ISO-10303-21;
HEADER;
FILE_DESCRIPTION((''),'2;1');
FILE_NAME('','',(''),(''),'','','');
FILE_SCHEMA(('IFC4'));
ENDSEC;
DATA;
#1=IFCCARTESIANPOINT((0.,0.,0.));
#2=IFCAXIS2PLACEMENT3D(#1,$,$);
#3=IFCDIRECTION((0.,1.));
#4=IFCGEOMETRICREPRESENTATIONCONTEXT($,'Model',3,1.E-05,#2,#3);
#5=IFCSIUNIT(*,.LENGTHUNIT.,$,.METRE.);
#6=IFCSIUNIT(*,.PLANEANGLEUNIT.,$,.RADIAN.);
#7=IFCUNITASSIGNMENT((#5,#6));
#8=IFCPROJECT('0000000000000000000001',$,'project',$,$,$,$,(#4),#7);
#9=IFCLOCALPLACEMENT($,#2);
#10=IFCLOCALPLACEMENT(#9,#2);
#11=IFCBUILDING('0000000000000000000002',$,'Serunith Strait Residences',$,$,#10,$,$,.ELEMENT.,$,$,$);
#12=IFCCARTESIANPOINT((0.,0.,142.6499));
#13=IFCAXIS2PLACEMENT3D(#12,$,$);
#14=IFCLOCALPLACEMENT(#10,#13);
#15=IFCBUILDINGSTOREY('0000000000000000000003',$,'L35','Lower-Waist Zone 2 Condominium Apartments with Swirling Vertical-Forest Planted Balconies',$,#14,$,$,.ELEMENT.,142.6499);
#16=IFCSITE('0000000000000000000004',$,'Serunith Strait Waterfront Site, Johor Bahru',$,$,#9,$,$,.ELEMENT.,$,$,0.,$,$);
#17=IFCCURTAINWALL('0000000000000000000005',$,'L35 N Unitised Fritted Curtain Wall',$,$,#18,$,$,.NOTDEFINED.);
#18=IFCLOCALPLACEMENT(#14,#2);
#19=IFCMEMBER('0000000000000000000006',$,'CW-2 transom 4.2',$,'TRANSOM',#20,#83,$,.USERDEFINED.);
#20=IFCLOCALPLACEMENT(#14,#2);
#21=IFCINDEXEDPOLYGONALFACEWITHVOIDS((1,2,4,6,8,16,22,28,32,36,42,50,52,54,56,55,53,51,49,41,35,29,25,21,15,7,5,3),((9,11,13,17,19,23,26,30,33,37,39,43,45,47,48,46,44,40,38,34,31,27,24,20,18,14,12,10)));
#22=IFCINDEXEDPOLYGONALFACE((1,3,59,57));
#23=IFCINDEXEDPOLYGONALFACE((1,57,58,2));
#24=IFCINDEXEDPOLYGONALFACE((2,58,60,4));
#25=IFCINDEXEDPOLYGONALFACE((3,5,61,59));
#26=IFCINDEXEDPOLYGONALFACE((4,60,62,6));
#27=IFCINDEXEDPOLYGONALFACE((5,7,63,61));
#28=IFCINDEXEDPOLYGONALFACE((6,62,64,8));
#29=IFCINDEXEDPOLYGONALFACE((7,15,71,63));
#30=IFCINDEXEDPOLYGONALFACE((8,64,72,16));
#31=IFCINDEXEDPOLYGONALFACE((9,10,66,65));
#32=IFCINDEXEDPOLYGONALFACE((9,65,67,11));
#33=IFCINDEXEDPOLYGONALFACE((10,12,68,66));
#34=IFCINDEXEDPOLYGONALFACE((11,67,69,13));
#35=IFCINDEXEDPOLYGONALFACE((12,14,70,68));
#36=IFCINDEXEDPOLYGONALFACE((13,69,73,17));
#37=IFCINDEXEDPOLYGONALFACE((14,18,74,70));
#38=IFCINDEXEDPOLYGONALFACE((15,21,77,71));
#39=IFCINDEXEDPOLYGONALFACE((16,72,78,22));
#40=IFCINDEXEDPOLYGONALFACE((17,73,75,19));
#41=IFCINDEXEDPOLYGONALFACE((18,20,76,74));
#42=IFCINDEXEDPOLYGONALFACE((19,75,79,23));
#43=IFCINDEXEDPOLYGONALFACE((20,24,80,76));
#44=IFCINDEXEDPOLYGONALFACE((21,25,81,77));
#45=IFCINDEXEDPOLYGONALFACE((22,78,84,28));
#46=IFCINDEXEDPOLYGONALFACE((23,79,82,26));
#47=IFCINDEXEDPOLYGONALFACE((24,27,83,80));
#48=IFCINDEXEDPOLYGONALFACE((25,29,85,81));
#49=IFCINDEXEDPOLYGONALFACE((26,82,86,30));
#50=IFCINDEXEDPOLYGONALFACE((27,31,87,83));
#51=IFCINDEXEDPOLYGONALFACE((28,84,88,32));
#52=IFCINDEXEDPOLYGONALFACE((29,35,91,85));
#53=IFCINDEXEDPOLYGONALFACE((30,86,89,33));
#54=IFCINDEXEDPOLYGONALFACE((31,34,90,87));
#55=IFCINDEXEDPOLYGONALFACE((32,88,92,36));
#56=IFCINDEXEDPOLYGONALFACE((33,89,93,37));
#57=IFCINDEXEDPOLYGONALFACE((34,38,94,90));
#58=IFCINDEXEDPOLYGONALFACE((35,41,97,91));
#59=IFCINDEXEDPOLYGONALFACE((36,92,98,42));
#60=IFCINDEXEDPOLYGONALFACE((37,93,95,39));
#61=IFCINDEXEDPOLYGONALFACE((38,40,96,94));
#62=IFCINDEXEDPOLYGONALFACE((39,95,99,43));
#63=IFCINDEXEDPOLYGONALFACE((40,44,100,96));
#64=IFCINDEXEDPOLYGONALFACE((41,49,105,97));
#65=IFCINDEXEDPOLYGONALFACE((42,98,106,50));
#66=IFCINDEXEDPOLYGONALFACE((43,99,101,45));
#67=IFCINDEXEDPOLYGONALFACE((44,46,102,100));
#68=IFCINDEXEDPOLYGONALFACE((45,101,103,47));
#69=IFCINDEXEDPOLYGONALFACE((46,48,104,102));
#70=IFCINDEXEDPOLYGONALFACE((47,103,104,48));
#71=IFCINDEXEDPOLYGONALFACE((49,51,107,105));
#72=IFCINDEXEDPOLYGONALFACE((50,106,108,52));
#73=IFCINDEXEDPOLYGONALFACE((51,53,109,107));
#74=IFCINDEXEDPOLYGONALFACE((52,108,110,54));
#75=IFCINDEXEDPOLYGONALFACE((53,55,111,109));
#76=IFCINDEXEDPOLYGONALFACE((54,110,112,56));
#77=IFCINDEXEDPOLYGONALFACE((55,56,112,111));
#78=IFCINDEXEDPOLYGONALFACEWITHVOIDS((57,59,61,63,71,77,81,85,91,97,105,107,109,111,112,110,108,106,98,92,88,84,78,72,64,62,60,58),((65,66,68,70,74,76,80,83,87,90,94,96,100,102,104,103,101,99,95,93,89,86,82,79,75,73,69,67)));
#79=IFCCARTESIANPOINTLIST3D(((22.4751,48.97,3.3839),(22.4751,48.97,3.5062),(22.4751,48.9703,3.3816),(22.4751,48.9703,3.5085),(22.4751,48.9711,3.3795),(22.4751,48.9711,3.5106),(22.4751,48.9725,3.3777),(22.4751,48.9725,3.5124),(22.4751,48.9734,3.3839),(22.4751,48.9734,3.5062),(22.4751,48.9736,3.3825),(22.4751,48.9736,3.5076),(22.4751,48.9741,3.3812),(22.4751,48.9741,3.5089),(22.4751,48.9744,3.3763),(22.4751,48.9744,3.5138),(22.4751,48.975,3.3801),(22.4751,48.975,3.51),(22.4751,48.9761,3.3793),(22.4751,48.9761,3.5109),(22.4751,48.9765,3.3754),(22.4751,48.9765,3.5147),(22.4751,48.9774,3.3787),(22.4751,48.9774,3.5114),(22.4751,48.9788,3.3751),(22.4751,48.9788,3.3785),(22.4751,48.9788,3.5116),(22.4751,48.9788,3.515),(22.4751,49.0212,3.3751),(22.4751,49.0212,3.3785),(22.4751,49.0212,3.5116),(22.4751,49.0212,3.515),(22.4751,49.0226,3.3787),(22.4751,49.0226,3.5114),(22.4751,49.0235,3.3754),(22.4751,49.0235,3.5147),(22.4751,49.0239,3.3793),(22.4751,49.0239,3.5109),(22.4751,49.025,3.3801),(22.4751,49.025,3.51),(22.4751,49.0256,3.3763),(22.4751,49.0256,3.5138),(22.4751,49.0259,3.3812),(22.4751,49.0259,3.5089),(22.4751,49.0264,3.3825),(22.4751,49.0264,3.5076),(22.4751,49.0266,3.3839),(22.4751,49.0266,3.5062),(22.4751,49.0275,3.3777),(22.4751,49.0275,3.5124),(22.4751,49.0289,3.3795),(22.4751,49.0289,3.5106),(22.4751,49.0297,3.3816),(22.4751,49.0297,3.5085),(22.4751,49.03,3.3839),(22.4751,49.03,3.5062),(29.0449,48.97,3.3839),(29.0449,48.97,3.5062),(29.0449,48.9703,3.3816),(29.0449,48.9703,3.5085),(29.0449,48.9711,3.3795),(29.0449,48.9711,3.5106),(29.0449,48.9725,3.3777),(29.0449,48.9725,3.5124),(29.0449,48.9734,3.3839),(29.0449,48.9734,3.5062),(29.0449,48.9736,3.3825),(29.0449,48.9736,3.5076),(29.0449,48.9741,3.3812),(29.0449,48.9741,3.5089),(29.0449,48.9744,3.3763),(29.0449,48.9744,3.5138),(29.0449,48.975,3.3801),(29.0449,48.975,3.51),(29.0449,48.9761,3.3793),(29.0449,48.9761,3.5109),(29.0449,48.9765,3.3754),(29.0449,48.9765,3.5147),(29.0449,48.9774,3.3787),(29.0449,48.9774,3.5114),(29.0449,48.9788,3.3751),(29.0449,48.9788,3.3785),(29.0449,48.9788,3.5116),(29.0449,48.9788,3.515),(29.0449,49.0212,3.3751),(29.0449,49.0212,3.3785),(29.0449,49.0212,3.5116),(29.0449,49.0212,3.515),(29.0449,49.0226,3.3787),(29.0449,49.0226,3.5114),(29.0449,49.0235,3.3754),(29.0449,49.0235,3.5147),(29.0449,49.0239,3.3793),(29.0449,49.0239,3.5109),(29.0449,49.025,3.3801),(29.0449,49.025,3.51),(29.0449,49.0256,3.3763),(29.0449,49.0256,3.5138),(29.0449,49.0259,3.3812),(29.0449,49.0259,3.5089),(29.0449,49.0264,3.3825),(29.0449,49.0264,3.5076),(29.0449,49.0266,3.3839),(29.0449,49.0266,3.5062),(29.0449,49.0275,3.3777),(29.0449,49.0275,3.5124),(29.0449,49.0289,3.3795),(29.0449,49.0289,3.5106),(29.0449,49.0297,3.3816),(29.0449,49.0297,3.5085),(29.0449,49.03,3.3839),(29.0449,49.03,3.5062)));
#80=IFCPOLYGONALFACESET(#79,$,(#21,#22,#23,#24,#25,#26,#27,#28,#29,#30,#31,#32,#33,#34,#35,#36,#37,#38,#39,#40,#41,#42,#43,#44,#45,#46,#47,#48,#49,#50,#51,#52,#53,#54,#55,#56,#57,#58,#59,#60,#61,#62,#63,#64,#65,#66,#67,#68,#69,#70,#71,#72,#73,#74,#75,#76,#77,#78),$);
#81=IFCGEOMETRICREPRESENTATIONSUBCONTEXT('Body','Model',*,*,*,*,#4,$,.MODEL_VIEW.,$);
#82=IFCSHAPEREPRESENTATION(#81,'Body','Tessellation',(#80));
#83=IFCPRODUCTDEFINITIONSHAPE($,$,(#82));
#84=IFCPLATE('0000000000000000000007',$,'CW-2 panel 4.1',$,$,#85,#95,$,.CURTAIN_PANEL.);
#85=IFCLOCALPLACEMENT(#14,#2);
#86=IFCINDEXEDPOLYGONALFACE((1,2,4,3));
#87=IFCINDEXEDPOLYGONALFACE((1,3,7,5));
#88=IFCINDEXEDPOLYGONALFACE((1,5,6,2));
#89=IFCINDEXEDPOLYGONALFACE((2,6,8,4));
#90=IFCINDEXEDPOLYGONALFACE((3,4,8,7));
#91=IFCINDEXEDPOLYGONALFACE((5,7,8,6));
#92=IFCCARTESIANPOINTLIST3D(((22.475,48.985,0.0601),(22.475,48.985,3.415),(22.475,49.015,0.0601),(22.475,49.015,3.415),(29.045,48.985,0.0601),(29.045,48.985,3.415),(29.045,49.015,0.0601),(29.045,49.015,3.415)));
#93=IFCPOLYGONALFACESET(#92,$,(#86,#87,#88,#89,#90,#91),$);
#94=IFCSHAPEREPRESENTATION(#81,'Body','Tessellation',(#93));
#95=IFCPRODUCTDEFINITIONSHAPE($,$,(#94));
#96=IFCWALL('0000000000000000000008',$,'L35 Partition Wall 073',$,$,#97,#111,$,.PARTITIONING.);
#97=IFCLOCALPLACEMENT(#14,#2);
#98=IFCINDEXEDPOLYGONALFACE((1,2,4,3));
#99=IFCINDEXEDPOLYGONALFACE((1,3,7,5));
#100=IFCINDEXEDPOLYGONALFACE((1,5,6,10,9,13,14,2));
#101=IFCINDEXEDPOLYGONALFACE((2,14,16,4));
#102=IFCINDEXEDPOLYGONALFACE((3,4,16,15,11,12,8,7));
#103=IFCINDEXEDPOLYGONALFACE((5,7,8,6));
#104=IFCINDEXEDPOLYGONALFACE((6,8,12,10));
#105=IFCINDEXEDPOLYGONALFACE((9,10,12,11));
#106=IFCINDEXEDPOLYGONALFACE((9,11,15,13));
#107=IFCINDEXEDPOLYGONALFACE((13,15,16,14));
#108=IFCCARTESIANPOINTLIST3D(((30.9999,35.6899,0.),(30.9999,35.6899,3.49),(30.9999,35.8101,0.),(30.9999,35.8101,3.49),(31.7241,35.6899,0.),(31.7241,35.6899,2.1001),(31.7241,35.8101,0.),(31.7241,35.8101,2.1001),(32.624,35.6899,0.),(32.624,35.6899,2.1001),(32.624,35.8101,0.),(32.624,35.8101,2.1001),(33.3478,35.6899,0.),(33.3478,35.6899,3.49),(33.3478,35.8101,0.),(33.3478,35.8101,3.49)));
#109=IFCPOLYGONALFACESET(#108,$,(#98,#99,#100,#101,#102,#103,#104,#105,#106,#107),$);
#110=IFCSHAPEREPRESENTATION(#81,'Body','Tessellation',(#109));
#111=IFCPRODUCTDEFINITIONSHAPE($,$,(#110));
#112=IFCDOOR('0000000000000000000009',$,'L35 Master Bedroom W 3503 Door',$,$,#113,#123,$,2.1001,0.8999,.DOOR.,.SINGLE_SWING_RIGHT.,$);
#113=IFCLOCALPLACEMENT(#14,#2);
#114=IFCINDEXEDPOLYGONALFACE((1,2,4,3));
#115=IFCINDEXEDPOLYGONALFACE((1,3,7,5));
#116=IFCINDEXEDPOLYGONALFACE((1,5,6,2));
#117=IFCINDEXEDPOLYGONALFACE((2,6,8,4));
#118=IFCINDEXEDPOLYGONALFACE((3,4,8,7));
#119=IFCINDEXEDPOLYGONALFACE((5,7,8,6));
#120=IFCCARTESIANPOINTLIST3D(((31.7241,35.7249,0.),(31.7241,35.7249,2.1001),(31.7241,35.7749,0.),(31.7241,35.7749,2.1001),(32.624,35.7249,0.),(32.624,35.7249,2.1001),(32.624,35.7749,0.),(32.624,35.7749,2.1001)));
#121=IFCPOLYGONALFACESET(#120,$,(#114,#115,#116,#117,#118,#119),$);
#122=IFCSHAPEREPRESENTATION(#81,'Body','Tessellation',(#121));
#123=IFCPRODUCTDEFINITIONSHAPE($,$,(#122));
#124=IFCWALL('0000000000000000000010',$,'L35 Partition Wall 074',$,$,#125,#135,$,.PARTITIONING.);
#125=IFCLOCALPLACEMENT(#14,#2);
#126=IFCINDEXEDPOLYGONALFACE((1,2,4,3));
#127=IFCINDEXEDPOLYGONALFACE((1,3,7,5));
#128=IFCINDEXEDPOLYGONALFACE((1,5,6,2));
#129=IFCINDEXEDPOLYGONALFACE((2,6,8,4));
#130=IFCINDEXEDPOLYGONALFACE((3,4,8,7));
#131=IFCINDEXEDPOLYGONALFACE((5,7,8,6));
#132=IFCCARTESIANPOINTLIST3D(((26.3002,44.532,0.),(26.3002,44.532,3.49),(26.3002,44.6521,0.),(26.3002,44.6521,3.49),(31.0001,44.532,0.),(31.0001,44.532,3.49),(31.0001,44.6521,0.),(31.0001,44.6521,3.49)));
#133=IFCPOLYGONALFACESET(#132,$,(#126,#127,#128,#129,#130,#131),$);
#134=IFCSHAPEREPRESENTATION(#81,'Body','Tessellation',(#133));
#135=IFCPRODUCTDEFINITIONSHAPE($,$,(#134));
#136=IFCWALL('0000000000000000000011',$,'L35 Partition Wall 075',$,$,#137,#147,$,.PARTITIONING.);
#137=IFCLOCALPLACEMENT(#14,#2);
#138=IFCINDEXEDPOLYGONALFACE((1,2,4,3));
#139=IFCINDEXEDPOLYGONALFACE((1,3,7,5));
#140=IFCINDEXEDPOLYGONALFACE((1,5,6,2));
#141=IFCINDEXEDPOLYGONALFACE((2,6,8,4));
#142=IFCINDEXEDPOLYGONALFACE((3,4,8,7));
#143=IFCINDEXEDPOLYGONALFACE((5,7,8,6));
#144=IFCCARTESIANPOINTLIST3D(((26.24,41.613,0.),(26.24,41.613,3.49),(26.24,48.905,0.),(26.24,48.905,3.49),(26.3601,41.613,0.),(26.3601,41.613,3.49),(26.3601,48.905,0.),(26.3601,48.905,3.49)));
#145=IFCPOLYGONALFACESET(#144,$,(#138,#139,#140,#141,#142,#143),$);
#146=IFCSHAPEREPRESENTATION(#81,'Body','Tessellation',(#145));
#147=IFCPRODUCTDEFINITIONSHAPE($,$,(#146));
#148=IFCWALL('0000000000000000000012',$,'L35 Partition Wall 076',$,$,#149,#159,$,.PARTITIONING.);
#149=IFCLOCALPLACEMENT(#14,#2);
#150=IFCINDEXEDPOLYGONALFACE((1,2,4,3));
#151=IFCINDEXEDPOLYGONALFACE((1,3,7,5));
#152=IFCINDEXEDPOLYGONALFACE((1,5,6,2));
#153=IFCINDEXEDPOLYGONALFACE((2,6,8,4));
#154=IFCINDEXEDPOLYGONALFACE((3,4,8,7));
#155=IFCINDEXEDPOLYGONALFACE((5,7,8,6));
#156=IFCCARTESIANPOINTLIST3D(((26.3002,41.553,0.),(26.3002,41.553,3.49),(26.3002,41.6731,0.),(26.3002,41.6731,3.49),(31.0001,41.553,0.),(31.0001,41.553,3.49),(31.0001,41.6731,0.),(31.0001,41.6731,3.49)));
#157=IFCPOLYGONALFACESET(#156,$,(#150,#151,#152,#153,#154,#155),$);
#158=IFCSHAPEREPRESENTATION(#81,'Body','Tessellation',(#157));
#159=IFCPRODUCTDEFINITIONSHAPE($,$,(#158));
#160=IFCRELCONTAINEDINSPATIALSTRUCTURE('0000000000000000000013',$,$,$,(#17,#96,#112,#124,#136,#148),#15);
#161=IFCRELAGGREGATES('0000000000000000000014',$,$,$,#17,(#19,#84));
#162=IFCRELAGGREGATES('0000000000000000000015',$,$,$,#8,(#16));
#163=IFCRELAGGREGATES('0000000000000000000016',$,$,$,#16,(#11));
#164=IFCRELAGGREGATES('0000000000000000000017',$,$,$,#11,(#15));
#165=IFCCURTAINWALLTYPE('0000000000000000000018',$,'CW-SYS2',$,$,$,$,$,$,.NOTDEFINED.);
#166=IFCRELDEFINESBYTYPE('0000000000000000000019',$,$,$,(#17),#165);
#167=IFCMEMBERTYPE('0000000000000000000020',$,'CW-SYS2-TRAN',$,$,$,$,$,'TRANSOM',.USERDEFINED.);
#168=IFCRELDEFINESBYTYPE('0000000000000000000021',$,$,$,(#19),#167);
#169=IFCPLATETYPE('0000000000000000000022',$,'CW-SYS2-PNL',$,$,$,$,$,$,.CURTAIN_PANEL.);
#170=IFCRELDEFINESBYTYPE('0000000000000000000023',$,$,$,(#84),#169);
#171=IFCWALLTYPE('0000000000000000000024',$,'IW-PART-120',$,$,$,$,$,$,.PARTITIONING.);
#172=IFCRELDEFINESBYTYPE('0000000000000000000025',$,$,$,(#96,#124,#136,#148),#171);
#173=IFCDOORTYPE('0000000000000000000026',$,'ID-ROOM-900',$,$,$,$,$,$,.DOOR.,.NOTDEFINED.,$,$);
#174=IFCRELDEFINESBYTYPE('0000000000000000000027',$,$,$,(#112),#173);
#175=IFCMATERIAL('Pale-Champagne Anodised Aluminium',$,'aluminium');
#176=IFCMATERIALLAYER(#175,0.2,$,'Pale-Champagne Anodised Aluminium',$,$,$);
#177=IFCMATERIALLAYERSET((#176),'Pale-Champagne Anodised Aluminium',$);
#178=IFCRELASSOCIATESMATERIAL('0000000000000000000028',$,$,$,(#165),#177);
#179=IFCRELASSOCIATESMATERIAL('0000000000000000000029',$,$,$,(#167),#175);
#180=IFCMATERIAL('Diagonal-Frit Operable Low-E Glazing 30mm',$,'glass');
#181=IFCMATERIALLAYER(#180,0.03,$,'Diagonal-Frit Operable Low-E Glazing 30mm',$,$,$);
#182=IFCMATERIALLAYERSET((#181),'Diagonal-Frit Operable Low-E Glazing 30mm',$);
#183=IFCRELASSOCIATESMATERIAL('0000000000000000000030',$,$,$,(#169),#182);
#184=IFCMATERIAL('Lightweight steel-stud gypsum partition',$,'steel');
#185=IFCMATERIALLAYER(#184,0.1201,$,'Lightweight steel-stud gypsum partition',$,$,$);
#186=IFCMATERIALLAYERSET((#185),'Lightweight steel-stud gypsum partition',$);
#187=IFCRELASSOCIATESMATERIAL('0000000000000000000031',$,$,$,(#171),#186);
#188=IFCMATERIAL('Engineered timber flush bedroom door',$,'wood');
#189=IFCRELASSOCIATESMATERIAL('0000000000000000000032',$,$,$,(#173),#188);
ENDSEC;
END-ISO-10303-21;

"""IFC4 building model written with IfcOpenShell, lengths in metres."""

from ifc_helpers import new_model, si_unit, direction, frame, frame_2d, origin, origin_2d, place, context, subcontext, project, spatial, rectangle, hollow_rectangle, extrude, source, transform, mapped, material, layer, layer_set, material_profile, profile_set, type_object, element, fill, aggregate, save


model = new_model("IFC4")

# Units and contexts
model_context = context("Model", 3, precision=1e-05, world=origin(), true_north=direction((0.0, 1.0)))
body_context = subcontext(model_context, "Body", "Model", "MODEL_VIEW")
ifc_project = project(units=[si_unit("LENGTHUNIT", "METRE"), si_unit("PLANEANGLEUNIT", "RADIAN")], contexts=[model_context])

# Site, building, storey
site_placement = place(None, origin())
site = spatial("IfcSite", under=ifc_project, at=site_placement, Name="Serunith Strait Waterfront Site, Johor Bahru", CompositionType="ELEMENT", RefElevation=0.0)
building_placement = place(site_placement, origin())
building = spatial("IfcBuilding", under=site, at=building_placement, Name="Serunith Strait Residences", CompositionType="ELEMENT")
storey_placement = place(building_placement, frame((0.0, 0.0, 142.6499)))
storey = spatial("IfcBuildingStorey", under=building, at=storey_placement, Name="L35", Description="Lower-Waist Zone 2 Condominium Apartments with Swirling Vertical-Forest Planted Balconies", CompositionType="ELEMENT", Elevation=142.6499)

# Curtain wall, member, plate
ifc_material_1 = material(Name="Pale-Champagne Anodised Aluminium", Category="aluminium")
ifc_layer_1 = layer(ifc_material_1, 0.2, Name="Pale-Champagne Anodised Aluminium")
ifc_layer_set_1 = layer_set([ifc_layer_1], Name="Pale-Champagne Anodised Aluminium")
curtain_wall_type = type_object("IfcCurtainWallType", Name="CW-SYS2", PredefinedType="NOTDEFINED", material=ifc_layer_set_1)
curtain_wall_placement = place(storey_placement, origin())
curtain_wall = element("IfcCurtainWall", 1, at=curtain_wall_placement, inside=storey, type_object=curtain_wall_type, Name="L35 N Unitised Fritted Curtain Wall", PredefinedType="NOTDEFINED")
ifc_material_profile_1 = material_profile(ifc_material_1, hollow_rectangle(XDim=0.0601, YDim=0.1399, WallThickness=0.0034, InnerFilletRadius=0.0054, OuterFilletRadius=0.0088, at=origin_2d()), Name="ALU 140x60x3.5")
ifc_profile_set_1 = profile_set([ifc_material_profile_1], Name="Pale-Champagne Anodised Aluminium")
member_type_1 = type_object("IfcMemberType", Name="CW-SYS2-TRAN", ElementType="TRANSOM", PredefinedType="USERDEFINED", material=ifc_profile_set_1)
shared_shape_1 = source(origin(), body_context, "Body", "SweptSolid", [
    extrude(hollow_rectangle(XDim=0.0601, YDim=0.1399, WallThickness=0.0034, InnerFilletRadius=0.0054, OuterFilletRadius=0.0088, at=origin_2d()), origin(), (0.0, 0.0, 1.0), 6.5698),
])
member_1_placement = place(storey_placement, frame((29.0449, 49.0, 3.4451), z_axis=(-1.0, 0.0, 0.0), x_axis=(0.0, -1.0, 0.0)))
member_1 = element("IfcMember", 2, at=member_1_placement, type_object=member_type_1, Name="CW-2 transom 4.2", ObjectType="TRANSOM", PredefinedType="USERDEFINED", context=body_context, shape_type="MappedRepresentation", body=[
    mapped(shared_shape_1, transform((0.0, 0.0, 0.0), scale=1.0)),
])
ifc_material_2 = material(Name="Diagonal-Frit Operable Low-E Glazing 30mm", Category="glass")
ifc_layer_2 = layer(ifc_material_2, 0.03, Name="Diagonal-Frit Operable Low-E Glazing 30mm")
ifc_layer_set_2 = layer_set([ifc_layer_2], Name="Diagonal-Frit Operable Low-E Glazing 30mm")
plate_type = type_object("IfcPlateType", Name="CW-SYS2-PNL", PredefinedType="CURTAIN_PANEL", material=ifc_layer_set_2)
shared_shape_2 = source(origin(), body_context, "Body", "SweptSolid", [
    extrude(rectangle(XDim=6.5701, YDim=0.03, at=origin_2d()), origin(), (0.0, 0.0, 1.0), 3.355),
])
plate_placement = place(storey_placement, frame((25.76, 49.0, 0.0601), z_axis=(0.0, 0.0, 1.0), x_axis=(-1.0, 0.0, 0.0)))
plate = element("IfcPlate", 3, at=plate_placement, type_object=plate_type, Name="CW-2 panel 4.1", PredefinedType="CURTAIN_PANEL", context=body_context, shape_type="MappedRepresentation", body=[
    mapped(shared_shape_2, transform((0.0, 0.0, 0.0), scale=1.0)),
])
aggregate(curtain_wall, [member_1, plate])

# Wall, opening, door
ifc_material_3 = material(Name="Lightweight steel-stud gypsum partition", Category="steel")
ifc_layer_3 = layer(ifc_material_3, 0.1201, Name="Lightweight steel-stud gypsum partition")
ifc_layer_set_3 = layer_set([ifc_layer_3], Name="Lightweight steel-stud gypsum partition")
wall_type = type_object("IfcWallType", Name="IW-PART-120", PredefinedType="PARTITIONING", material=ifc_layer_set_3)
wall_1_placement = place(storey_placement, frame((31.0, 35.75, 0.0), z_axis=(0.0, 0.0, 1.0), x_axis=(1.0, 0.0, 0.0)))
wall_1 = element("IfcWall", 4, at=wall_1_placement, inside=storey, type_object=wall_type, Name="L35 Partition Wall 073", PredefinedType="PARTITIONING", context=body_context, shape_type="SweptSolid", body=[
    extrude(rectangle(XDim=2.3479, YDim=0.1201, at=frame_2d((1.1738, 0.0))), origin(), (0.0, 0.0, 1.0), 3.49),
])
opening_1_placement = place(wall_1_placement, frame((0.7241, 0.0, 0.0)))
opening_1 = element("IfcOpeningElement", 5, at=opening_1_placement, cuts=wall_1, PredefinedType="OPENING", context=body_context, shape_type="SweptSolid", body=[
    extrude(rectangle(XDim=0.8999, YDim=2.1001, at=frame_2d((0.45, 1.05))), frame((0.0, 0.0701, 0.0), z_axis=(0.0, -1.0, 0.0), x_axis=(1.0, 0.0, 0.0)), (0.0, 0.0, 1.0), 0.1401),
])
ifc_material_4 = material(Name="Engineered timber flush bedroom door", Category="wood")
door_type_1 = type_object("IfcDoorType", Name="ID-ROOM-900", OperationType="NOTDEFINED", PredefinedType="DOOR", material=ifc_material_4)
shared_shape_3 = source(origin(), body_context, "Body", "SweptSolid", [
    extrude(rectangle(XDim=0.8999, YDim=2.1001, at=frame_2d((0.45, 1.05))), frame((0.0, 0.0249, 0.0), z_axis=(0.0, -1.0, 0.0), x_axis=(1.0, 0.0, 0.0)), (0.0, 0.0, 1.0), 0.05),
])
door_1_placement = place(opening_1_placement, origin())
door_1 = element("IfcDoor", 6, at=door_1_placement, inside=storey, type_object=door_type_1, Name="L35 Master Bedroom W 3503 Door", OperationType="SINGLE_SWING_RIGHT", OverallHeight=2.1001, OverallWidth=0.8999, PredefinedType="DOOR", context=body_context, shape_type="MappedRepresentation", body=[
    mapped(shared_shape_3, transform((0.0, 0.0, 0.0), scale=1.0)),
])
fill(opening_1, door_1)

# Walls
wall_2_placement = place(storey_placement, frame((26.3, 44.592, 0.0), z_axis=(0.0, 0.0, 1.0), x_axis=(1.0, 0.0, 0.0)))
element("IfcWall", 7, at=wall_2_placement, inside=storey, type_object=wall_type, Name="L35 Partition Wall 074", PredefinedType="PARTITIONING", context=body_context, shape_type="SweptSolid", body=[
    extrude(rectangle(XDim=4.7, YDim=0.1201, at=frame_2d((2.3501, 0.0))), origin(), (0.0, 0.0, 1.0), 3.49),
])
wall_3_placement = place(storey_placement, frame((26.3, 48.905, 0.0), z_axis=(0.0, 0.0, 1.0), x_axis=(0.0, -1.0, 0.0)))
element("IfcWall", 8, at=wall_3_placement, inside=storey, type_object=wall_type, Name="L35 Partition Wall 075", PredefinedType="PARTITIONING", context=body_context, shape_type="SweptSolid", body=[
    extrude(rectangle(XDim=7.292, YDim=0.1201, at=frame_2d((3.646, 0.0))), origin(), (0.0, 0.0, 1.0), 3.49),
])
wall_4_placement = place(storey_placement, frame((26.3, 41.613, 0.0), z_axis=(0.0, 0.0, 1.0), x_axis=(1.0, 0.0, 0.0)))
element("IfcWall", 9, at=wall_4_placement, inside=storey, type_object=wall_type, Name="L35 Partition Wall 076", PredefinedType="PARTITIONING", context=body_context, shape_type="SweptSolid", body=[
    extrude(rectangle(XDim=4.7, YDim=0.1201, at=frame_2d((2.3501, 0.0))), origin(), (0.0, 0.0, 1.0), 3.49),
])

save(model, "model.ifc")
